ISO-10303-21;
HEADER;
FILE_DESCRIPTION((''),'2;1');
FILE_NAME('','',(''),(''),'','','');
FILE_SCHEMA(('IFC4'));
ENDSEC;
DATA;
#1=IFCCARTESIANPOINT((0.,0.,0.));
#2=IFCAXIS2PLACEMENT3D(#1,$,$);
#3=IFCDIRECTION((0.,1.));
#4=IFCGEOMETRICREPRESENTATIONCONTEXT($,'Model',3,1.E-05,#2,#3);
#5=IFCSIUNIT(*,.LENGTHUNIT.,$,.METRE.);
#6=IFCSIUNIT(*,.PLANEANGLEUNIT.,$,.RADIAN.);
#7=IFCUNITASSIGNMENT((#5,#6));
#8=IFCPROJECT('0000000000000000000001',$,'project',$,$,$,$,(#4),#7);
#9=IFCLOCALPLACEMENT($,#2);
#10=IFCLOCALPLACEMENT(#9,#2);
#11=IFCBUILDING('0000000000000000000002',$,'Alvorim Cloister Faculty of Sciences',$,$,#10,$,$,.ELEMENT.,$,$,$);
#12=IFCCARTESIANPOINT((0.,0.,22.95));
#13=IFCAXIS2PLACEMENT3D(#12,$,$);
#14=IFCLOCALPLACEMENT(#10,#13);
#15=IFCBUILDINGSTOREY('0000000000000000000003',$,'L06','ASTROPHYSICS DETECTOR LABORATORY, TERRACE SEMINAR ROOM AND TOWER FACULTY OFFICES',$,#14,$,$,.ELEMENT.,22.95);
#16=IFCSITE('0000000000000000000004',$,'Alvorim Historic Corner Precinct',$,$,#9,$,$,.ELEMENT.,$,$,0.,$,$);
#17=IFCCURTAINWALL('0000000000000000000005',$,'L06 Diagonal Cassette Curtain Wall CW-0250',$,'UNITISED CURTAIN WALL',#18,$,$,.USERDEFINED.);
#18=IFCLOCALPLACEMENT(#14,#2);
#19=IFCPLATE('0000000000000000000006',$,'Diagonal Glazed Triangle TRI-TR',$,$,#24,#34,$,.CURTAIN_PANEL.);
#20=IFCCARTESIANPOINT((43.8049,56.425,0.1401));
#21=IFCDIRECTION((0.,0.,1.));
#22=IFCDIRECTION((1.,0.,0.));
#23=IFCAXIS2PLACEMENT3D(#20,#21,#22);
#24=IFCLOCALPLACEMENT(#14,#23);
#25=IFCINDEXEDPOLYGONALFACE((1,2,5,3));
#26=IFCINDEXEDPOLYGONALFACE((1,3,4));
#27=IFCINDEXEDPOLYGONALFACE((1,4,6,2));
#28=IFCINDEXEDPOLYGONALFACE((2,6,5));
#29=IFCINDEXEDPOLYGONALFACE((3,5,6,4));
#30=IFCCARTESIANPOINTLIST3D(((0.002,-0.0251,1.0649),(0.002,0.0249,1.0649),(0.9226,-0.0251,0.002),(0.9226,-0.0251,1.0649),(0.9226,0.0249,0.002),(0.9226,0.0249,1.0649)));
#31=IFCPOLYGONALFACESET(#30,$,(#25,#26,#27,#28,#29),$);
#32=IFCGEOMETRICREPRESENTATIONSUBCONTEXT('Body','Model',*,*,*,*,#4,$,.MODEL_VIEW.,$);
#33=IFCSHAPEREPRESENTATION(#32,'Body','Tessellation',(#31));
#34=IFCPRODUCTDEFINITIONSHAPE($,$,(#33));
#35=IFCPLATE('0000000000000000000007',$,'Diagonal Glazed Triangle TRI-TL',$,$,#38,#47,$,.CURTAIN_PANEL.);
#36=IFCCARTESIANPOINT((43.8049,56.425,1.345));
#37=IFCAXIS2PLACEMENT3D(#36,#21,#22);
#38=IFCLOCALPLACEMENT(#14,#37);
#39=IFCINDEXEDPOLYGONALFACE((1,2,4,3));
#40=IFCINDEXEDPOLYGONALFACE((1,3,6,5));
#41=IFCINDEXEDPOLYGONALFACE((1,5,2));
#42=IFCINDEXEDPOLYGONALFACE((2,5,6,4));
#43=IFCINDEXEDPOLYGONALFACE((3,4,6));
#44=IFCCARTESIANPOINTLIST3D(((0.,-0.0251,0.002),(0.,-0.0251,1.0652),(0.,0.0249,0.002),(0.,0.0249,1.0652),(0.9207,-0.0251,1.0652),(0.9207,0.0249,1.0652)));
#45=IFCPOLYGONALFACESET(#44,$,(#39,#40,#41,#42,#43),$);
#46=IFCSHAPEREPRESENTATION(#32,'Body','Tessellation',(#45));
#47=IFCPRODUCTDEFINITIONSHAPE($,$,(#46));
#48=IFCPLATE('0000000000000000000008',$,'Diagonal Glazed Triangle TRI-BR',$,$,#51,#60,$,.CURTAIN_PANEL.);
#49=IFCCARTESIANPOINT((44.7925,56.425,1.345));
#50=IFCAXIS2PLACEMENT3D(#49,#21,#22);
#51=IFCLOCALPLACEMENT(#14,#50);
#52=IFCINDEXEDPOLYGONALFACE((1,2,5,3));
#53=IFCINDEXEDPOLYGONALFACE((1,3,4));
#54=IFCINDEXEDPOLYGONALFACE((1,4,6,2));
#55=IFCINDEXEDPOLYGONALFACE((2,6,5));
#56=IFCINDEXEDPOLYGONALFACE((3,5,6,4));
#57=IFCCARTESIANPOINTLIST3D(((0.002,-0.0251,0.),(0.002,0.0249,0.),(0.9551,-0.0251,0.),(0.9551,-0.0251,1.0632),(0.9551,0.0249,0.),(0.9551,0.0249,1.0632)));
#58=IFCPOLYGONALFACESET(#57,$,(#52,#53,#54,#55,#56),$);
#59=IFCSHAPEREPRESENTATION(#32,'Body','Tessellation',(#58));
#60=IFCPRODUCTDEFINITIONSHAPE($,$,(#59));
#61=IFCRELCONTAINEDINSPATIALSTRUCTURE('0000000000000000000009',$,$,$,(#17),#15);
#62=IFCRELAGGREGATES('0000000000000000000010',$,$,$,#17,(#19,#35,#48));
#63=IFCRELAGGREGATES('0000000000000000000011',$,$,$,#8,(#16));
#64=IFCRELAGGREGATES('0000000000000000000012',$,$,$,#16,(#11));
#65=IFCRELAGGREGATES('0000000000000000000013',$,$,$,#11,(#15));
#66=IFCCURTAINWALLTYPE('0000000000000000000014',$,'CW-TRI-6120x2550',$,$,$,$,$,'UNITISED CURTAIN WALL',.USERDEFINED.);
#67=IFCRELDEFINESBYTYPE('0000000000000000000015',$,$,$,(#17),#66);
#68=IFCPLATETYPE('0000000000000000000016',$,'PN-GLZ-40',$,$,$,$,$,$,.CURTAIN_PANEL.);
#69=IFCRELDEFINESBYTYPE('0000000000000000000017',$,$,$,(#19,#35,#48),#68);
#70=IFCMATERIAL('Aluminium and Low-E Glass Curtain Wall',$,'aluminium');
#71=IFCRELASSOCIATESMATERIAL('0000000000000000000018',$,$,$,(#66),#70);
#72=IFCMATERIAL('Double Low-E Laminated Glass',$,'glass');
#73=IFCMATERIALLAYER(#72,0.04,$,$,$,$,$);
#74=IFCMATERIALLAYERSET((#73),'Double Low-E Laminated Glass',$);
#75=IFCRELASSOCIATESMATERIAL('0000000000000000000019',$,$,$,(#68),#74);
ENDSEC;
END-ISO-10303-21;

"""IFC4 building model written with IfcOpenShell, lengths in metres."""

from ifc_helpers import new_model, si_unit, direction, frame, origin, place, context, subcontext, project, spatial, polyline, outline, extrude, material, layer, layer_set, type_object, element, aggregate, save


model = new_model("IFC4")

# Units and contexts
model_context = context("Model", 3, precision=1e-05, world=origin(), true_north=direction((0.0, 1.0)))
body_context = subcontext(model_context, "Body", "Model", "MODEL_VIEW")
ifc_project = project(units=[si_unit("LENGTHUNIT", "METRE"), si_unit("PLANEANGLEUNIT", "RADIAN")], contexts=[model_context])

# Site, building, storey
site_placement = place(None, origin())
site = spatial("IfcSite", under=ifc_project, at=site_placement, Name="Alvorim Historic Corner Precinct", CompositionType="ELEMENT", RefElevation=0.0)
building_placement = place(site_placement, origin())
building = spatial("IfcBuilding", under=site, at=building_placement, Name="Alvorim Cloister Faculty of Sciences", CompositionType="ELEMENT")
storey_placement = place(building_placement, frame((0.0, 0.0, 22.95)))
storey = spatial("IfcBuildingStorey", under=building, at=storey_placement, Name="L06", Description="ASTROPHYSICS DETECTOR LABORATORY, TERRACE SEMINAR ROOM AND TOWER FACULTY OFFICES", CompositionType="ELEMENT", Elevation=22.95)

# Curtain wall, plates
ifc_material_1 = material(Name="Aluminium and Low-E Glass Curtain Wall", Category="aluminium")
curtain_wall_type = type_object("IfcCurtainWallType", Name="CW-TRI-6120x2550", ElementType="UNITISED CURTAIN WALL", PredefinedType="USERDEFINED", material=ifc_material_1)
curtain_wall_placement = place(storey_placement, origin())
curtain_wall = element("IfcCurtainWall", 1, at=curtain_wall_placement, inside=storey, type_object=curtain_wall_type, Name="L06 Diagonal Cassette Curtain Wall CW-0250", ObjectType="UNITISED CURTAIN WALL", PredefinedType="USERDEFINED")
ifc_material_2 = material(Name="Double Low-E Laminated Glass", Category="glass")
ifc_layer = layer(ifc_material_2, 0.04)
ifc_layer_set = layer_set([ifc_layer], Name="Double Low-E Laminated Glass")
plate_type = type_object("IfcPlateType", Name="PN-GLZ-40", PredefinedType="CURTAIN_PANEL", material=ifc_layer_set)
plate_1_placement = place(storey_placement, frame((43.8049, 56.425, 0.1401), z_axis=(0.0, 0.0, 1.0), x_axis=(1.0, 0.0, 0.0)))
plate_1 = element("IfcPlate", 2, at=plate_1_placement, type_object=plate_type, Name="Diagonal Glazed Triangle TRI-TR", PredefinedType="CURTAIN_PANEL", context=body_context, shape_type="SweptSolid", body=[
    extrude(outline(polyline([(0.9226, 0.002), (0.9226, 1.0649), (0.002, 1.0649), (0.9226, 0.002)])), frame((0.0, 0.0249, 0.0), z_axis=(0.0, -1.0, 0.0), x_axis=(1.0, 0.0, 0.0)), (0.0, 0.0, 1.0), 0.05),
])
plate_2_placement = place(storey_placement, frame((43.8049, 56.425, 1.345), z_axis=(0.0, 0.0, 1.0), x_axis=(1.0, 0.0, 0.0)))
plate_2 = element("IfcPlate", 3, at=plate_2_placement, type_object=plate_type, Name="Diagonal Glazed Triangle TRI-TL", PredefinedType="CURTAIN_PANEL", context=body_context, shape_type="SweptSolid", body=[
    extrude(outline(polyline([(0.9207, 1.0652), (0.0, 1.0652), (0.0, 0.002), (0.9207, 1.0652)])), frame((0.0, 0.0249, 0.0), z_axis=(0.0, -1.0, 0.0), x_axis=(1.0, 0.0, 0.0)), (0.0, 0.0, 1.0), 0.05),
])
plate_3_placement = place(storey_placement, frame((44.7925, 56.425, 1.345), z_axis=(0.0, 0.0, 1.0), x_axis=(1.0, 0.0, 0.0)))
plate_3 = element("IfcPlate", 4, at=plate_3_placement, type_object=plate_type, Name="Diagonal Glazed Triangle TRI-BR", PredefinedType="CURTAIN_PANEL", context=body_context, shape_type="SweptSolid", body=[
    extrude(outline(polyline([(0.002, 0.0), (0.9551, 0.0), (0.9551, 1.0632), (0.002, 0.0)])), frame((0.0, 0.0249, 0.0), z_axis=(0.0, -1.0, 0.0), x_axis=(1.0, 0.0, 0.0)), (0.0, 0.0, 1.0), 0.05),
])
aggregate(curtain_wall, [plate_1, plate_2, plate_3])

save(model, "model.ifc")
